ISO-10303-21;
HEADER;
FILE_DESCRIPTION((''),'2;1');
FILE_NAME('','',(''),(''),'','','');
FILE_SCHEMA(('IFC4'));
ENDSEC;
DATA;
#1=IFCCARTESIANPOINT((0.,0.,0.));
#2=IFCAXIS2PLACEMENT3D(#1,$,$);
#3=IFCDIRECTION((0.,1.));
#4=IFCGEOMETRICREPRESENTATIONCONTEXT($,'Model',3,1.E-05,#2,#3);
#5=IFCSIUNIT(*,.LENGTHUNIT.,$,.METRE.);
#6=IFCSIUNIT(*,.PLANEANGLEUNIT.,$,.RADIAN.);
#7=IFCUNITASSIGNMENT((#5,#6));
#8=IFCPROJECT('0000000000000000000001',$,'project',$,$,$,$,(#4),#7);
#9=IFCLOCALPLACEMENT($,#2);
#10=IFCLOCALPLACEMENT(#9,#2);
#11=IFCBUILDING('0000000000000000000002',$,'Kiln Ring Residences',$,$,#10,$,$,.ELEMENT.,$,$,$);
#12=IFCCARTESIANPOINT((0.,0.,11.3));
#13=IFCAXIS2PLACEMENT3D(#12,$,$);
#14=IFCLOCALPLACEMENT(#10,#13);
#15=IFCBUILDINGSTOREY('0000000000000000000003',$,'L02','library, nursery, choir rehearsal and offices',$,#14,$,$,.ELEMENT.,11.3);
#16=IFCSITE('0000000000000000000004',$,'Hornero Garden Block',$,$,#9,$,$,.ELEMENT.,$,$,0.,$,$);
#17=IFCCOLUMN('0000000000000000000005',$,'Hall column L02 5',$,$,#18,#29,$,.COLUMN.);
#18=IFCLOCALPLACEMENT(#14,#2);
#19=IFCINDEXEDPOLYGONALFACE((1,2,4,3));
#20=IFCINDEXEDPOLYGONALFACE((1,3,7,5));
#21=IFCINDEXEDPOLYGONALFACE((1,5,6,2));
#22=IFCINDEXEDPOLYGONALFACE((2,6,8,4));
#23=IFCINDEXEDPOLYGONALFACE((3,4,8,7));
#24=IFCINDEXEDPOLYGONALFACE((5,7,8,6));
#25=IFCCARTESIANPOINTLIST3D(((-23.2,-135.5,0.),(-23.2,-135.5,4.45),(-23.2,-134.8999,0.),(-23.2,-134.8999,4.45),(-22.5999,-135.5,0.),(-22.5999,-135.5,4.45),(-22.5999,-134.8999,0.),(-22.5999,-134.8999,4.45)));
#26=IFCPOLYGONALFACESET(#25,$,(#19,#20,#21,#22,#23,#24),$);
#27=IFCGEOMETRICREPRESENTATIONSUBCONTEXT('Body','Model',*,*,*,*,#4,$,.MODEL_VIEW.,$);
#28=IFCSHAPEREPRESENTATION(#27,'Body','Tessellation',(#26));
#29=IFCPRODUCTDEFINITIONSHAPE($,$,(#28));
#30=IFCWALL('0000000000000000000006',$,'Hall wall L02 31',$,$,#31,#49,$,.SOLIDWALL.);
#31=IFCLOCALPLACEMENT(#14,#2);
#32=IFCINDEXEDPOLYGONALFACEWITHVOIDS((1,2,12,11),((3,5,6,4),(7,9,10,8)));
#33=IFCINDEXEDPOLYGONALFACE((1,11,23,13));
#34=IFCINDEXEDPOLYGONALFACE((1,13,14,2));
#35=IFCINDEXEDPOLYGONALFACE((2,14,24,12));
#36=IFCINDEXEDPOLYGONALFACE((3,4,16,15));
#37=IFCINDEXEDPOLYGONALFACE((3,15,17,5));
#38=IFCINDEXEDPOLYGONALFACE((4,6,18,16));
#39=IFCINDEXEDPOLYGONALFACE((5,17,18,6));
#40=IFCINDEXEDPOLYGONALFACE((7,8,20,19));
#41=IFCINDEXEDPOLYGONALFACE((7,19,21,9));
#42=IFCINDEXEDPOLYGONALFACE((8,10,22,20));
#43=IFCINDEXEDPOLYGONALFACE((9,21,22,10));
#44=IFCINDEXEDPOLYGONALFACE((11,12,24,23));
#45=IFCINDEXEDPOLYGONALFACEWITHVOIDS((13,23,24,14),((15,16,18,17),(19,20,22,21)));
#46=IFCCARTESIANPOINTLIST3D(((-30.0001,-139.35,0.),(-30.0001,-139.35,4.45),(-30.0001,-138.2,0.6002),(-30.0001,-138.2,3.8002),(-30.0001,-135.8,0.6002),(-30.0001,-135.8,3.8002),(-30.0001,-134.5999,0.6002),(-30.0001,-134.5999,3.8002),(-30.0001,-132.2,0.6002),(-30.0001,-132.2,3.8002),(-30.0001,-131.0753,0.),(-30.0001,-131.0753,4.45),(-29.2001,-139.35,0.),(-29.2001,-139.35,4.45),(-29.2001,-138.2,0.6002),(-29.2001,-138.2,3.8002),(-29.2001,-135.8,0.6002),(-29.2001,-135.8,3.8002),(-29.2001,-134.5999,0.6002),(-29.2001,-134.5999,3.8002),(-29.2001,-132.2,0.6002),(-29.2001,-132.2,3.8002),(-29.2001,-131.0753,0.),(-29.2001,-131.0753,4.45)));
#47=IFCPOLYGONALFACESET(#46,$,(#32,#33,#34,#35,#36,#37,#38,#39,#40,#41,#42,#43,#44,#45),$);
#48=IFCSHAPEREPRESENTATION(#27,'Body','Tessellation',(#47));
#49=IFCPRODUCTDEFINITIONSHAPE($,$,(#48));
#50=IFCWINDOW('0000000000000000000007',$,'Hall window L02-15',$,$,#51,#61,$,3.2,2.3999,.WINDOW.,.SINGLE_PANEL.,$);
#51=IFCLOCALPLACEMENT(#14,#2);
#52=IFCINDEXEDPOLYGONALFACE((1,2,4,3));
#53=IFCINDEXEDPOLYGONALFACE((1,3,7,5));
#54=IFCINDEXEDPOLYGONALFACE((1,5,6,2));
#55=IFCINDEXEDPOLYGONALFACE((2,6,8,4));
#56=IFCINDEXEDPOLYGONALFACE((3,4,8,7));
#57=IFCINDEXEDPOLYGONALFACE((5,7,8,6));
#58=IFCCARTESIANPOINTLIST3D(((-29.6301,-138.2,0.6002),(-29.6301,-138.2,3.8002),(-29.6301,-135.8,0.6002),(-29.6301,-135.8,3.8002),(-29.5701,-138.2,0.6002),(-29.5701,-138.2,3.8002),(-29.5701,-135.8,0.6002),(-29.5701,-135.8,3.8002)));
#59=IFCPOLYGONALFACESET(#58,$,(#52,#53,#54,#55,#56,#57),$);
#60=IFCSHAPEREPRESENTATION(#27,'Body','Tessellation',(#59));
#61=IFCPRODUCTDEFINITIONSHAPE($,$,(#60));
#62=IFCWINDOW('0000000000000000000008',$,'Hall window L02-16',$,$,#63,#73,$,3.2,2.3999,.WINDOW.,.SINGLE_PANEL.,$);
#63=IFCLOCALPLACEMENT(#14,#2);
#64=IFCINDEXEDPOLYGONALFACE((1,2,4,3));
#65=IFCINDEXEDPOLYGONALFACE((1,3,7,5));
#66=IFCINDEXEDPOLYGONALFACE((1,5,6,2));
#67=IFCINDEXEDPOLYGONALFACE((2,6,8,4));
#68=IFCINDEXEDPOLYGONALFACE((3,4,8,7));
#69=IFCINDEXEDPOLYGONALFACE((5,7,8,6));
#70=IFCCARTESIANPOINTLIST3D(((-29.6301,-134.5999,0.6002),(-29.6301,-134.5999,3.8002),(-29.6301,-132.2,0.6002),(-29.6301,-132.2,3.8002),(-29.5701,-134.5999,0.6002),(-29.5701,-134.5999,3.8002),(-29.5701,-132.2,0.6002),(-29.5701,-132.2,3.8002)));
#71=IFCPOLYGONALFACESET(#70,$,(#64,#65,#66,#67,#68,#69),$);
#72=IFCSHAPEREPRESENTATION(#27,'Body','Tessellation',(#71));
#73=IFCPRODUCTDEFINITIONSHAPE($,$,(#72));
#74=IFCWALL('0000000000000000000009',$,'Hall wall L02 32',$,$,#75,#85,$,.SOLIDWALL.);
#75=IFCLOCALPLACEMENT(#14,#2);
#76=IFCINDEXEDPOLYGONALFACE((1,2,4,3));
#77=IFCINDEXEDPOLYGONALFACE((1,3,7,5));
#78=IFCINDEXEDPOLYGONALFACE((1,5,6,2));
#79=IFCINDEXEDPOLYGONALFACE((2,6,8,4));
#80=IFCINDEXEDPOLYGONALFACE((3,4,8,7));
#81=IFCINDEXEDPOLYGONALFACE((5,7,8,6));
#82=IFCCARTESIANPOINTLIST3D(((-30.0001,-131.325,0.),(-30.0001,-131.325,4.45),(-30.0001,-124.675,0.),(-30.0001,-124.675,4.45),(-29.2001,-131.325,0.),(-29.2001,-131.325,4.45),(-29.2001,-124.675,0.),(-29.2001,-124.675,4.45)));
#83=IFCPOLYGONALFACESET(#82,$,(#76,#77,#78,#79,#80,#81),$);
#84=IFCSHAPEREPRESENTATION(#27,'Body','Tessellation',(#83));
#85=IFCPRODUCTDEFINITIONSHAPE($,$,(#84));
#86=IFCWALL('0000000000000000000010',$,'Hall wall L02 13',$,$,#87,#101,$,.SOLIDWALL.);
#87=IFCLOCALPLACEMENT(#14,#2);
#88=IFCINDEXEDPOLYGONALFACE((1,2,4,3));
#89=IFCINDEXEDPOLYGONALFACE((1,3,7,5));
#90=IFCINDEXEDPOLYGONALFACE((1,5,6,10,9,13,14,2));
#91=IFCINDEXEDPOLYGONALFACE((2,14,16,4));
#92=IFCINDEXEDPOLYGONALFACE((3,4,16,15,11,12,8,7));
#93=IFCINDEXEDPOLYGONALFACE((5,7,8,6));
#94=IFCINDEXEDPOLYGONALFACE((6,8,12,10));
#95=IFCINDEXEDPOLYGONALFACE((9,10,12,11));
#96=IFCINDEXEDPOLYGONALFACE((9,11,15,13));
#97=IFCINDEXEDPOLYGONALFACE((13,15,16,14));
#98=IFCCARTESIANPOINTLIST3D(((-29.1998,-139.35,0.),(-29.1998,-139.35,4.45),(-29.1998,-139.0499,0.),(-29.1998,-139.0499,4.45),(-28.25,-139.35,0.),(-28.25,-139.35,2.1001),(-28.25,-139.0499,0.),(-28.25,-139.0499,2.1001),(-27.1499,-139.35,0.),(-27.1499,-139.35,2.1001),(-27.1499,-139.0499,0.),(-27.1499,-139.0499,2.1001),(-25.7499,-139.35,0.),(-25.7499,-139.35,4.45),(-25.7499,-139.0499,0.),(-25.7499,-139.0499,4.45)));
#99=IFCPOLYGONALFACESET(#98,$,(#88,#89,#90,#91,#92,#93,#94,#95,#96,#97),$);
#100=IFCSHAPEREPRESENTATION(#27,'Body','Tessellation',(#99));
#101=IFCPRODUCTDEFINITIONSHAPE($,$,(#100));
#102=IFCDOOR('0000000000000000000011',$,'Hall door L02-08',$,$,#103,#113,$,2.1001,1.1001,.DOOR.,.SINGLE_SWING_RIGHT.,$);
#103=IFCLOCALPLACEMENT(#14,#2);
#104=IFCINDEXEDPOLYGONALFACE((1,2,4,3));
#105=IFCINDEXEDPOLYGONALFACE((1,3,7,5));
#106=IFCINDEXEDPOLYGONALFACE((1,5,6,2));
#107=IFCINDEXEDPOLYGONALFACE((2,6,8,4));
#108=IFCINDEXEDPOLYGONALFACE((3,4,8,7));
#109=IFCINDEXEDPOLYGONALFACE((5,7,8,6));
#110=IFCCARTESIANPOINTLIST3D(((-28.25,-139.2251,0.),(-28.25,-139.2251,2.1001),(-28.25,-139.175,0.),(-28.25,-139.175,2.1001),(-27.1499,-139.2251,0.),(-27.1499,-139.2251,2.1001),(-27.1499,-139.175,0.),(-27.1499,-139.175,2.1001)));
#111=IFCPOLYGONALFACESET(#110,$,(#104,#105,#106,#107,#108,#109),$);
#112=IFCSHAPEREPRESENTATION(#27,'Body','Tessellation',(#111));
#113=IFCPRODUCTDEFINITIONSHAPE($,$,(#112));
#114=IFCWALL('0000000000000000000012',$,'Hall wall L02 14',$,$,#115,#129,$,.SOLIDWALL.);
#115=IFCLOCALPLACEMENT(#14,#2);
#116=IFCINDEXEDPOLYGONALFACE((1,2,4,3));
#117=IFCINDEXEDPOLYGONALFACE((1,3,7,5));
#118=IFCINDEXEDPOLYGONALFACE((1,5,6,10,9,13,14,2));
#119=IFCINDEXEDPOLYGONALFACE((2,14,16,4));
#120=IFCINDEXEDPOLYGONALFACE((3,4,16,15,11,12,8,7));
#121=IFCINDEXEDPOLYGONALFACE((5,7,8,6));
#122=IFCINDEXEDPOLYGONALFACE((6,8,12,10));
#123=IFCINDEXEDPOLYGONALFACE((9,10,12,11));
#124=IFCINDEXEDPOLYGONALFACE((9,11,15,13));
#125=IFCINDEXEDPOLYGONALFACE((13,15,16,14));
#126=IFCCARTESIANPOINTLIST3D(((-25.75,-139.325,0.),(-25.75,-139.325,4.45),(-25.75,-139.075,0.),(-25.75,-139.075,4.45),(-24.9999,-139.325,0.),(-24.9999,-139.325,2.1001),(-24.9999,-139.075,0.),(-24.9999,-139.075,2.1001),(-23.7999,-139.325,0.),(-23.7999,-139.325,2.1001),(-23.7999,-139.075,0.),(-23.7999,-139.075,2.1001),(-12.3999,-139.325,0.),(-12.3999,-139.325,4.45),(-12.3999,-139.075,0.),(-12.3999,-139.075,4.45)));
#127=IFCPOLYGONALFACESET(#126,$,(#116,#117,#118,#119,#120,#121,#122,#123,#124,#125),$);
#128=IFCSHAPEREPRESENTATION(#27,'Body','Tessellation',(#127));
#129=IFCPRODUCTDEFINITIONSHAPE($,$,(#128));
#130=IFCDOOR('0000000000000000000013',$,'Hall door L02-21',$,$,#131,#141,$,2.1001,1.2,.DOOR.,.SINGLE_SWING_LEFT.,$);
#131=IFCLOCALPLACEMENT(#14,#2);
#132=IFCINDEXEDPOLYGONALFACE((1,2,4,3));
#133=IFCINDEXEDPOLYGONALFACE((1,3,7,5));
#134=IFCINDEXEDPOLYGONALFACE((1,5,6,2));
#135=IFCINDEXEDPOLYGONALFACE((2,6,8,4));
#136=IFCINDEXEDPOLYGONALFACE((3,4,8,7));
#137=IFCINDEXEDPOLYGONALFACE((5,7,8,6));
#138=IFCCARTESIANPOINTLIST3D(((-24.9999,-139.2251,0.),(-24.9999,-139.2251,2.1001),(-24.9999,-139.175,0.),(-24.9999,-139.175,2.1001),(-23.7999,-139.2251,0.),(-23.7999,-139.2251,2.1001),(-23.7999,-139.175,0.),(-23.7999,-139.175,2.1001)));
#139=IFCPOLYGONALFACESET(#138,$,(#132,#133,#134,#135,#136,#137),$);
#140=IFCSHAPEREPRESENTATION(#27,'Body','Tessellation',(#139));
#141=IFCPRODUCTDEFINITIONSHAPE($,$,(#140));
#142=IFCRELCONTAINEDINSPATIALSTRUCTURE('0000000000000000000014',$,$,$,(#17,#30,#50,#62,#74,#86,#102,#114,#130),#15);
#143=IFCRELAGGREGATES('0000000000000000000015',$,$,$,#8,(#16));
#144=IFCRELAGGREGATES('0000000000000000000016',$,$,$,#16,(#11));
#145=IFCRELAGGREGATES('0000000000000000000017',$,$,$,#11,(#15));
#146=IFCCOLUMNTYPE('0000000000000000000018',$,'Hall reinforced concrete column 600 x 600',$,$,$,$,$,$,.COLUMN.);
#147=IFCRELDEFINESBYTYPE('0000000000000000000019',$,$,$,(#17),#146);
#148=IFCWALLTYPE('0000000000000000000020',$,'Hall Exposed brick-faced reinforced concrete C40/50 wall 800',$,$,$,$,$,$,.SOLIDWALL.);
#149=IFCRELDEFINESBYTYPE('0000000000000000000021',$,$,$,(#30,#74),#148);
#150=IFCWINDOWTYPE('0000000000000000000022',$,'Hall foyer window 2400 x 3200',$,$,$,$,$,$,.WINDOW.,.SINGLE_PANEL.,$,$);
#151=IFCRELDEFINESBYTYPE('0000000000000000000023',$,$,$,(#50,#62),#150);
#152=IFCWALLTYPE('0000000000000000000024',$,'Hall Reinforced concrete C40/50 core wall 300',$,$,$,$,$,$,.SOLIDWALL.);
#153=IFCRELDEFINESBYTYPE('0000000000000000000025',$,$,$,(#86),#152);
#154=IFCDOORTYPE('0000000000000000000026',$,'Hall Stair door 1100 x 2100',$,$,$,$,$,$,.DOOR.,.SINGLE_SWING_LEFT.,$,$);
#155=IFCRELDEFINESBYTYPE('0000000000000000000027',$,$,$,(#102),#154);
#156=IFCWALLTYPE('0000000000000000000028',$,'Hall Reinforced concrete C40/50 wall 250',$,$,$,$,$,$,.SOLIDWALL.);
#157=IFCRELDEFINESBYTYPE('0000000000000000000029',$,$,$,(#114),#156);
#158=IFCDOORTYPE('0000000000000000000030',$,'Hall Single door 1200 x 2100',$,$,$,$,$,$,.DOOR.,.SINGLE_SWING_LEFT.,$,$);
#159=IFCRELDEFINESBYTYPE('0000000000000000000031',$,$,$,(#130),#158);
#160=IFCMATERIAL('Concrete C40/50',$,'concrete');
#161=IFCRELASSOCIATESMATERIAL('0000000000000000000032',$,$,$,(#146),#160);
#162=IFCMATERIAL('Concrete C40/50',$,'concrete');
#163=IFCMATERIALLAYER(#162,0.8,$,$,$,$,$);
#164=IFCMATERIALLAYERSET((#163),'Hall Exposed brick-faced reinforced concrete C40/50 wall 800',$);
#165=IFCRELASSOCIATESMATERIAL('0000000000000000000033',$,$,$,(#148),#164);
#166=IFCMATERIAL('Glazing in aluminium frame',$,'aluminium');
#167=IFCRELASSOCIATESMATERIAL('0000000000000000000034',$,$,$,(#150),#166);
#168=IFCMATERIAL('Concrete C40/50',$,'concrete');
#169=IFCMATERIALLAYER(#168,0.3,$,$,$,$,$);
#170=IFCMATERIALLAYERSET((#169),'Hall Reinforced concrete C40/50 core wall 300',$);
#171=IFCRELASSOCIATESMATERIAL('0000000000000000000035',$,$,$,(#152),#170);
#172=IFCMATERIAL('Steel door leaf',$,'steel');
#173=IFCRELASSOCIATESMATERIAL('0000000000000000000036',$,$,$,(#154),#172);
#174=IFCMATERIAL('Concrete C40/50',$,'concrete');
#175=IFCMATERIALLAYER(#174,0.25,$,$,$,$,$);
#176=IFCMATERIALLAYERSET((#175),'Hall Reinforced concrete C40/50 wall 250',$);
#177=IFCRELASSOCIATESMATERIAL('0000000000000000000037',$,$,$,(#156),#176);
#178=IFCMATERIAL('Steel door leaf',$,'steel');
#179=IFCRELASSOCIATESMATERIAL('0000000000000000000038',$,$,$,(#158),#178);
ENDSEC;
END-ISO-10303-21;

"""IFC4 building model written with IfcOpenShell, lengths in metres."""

from ifc_helpers import new_model, si_unit, direction, frame, frame_2d, origin, origin_2d, place, context, subcontext, project, spatial, rectangle, extrude, material, layer, layer_set, material_profile, profile_set, type_object, element, fill, save


model = new_model("IFC4")

# Units and contexts
model_context = context("Model", 3, precision=1e-05, world=origin(), true_north=direction((0.0, 1.0)))
body_context = subcontext(model_context, "Body", "Model", "MODEL_VIEW")
ifc_project = project(units=[si_unit("LENGTHUNIT", "METRE"), si_unit("PLANEANGLEUNIT", "RADIAN")], contexts=[model_context])

# Site, building, storey
site_placement = place(None, origin())
site = spatial("IfcSite", under=ifc_project, at=site_placement, Name="Hornero Garden Block", CompositionType="ELEMENT", RefElevation=0.0)
building_placement = place(site_placement, origin())
building = spatial("IfcBuilding", under=site, at=building_placement, Name="Kiln Ring Residences", CompositionType="ELEMENT")
storey_placement = place(building_placement, frame((0.0, 0.0, 11.3)))
storey = spatial("IfcBuildingStorey", under=building, at=storey_placement, Name="L02", Description="library, nursery, choir rehearsal and offices", CompositionType="ELEMENT", Elevation=11.3)

# Column
ifc_material_1 = material(Name="Concrete C40/50", Category="concrete")
ifc_material_profile = material_profile(ifc_material_1, rectangle(XDim=0.6001, YDim=0.6001, at=origin_2d()), Name="Hall reinforced concrete column 600 x 600")
ifc_profile_set = profile_set([ifc_material_profile], Name="Concrete C40/50")
column_type = type_object("IfcColumnType", Name="Hall reinforced concrete column 600 x 600", PredefinedType="COLUMN", material=ifc_profile_set)
column_placement = place(storey_placement, frame((-22.8999, -135.2, 0.0), z_axis=(0.0, 0.0, 1.0), x_axis=(1.0, 0.0, 0.0)))
element("IfcColumn", 1, at=column_placement, inside=storey, type_object=column_type, Name="Hall column L02 5", PredefinedType="COLUMN", context=body_context, shape_type="SweptSolid", body=[
    extrude(rectangle(XDim=0.6001, YDim=0.6001, at=origin_2d()), origin(), (0.0, 0.0, 1.0), 4.45),
])

# Wall, openings, windows
ifc_material_2 = material(Name="Concrete C40/50", Category="concrete")
ifc_layer_1 = layer(ifc_material_2, 0.8)
ifc_layer_set_1 = layer_set([ifc_layer_1], Name="Hall Exposed brick-faced reinforced concrete C40/50 wall 800")
wall_type_1 = type_object("IfcWallType", Name="Hall Exposed brick-faced reinforced concrete C40/50 wall 800", PredefinedType="SOLIDWALL", material=ifc_layer_set_1)
wall_1_placement = place(storey_placement, frame((-29.6001, -139.3499, 0.0), z_axis=(0.0, 0.0, 1.0), x_axis=(0.0, 1.0, 0.0)))
wall_1 = element("IfcWall", 2, at=wall_1_placement, inside=storey, type_object=wall_type_1, Name="Hall wall L02 31", PredefinedType="SOLIDWALL", context=body_context, shape_type="SweptSolid", body=[
    extrude(rectangle(XDim=8.2747, YDim=0.8, at=frame_2d((4.1372, 0.0))), origin(), (0.0, 0.0, 1.0), 4.45),
])
opening_1_placement = place(wall_1_placement, frame((1.1499, 0.0, 0.6001)))
opening_1 = element("IfcOpeningElement", 3, at=opening_1_placement, cuts=wall_1, PredefinedType="OPENING", context=body_context, shape_type="SweptSolid", body=[
    extrude(rectangle(XDim=2.3999, YDim=3.2, at=frame_2d((1.2, 1.6001))), frame((0.0, 0.4099, 0.0), z_axis=(0.0, -1.0, 0.0), x_axis=(1.0, 0.0, 0.0)), (0.0, 0.0, 1.0), 0.8201),
])
opening_2_placement = place(wall_1_placement, frame((4.75, 0.0, 0.6001)))
opening_2 = element("IfcOpeningElement", 4, at=opening_2_placement, cuts=wall_1, PredefinedType="OPENING", context=body_context, shape_type="SweptSolid", body=[
    extrude(rectangle(XDim=2.3999, YDim=3.2, at=frame_2d((1.2, 1.6001))), frame((0.0, 0.4099, 0.0), z_axis=(0.0, -1.0, 0.0), x_axis=(1.0, 0.0, 0.0)), (0.0, 0.0, 1.0), 0.8201),
])
ifc_material_3 = material(Name="Glazing in aluminium frame", Category="aluminium")
window_type = type_object("IfcWindowType", Name="Hall foyer window 2400 x 3200", PartitioningType="SINGLE_PANEL", PredefinedType="WINDOW", material=ifc_material_3)
window_1_placement = place(opening_1_placement, origin())
window_1 = element("IfcWindow", 5, at=window_1_placement, inside=storey, type_object=window_type, Name="Hall window L02-15", OverallHeight=3.2, OverallWidth=2.3999, PartitioningType="SINGLE_PANEL", PredefinedType="WINDOW", context=body_context, shape_type="SweptSolid", body=[
    extrude(rectangle(XDim=2.3999, YDim=3.2, at=frame_2d((1.2, 1.6001))), frame((0.0, 0.03, 0.0), z_axis=(0.0, -1.0, 0.0), x_axis=(1.0, 0.0, 0.0)), (0.0, 0.0, 1.0), 0.0601),
])
fill(opening_1, window_1)
window_2_placement = place(opening_2_placement, origin())
window_2 = element("IfcWindow", 6, at=window_2_placement, inside=storey, type_object=window_type, Name="Hall window L02-16", OverallHeight=3.2, OverallWidth=2.3999, PartitioningType="SINGLE_PANEL", PredefinedType="WINDOW", context=body_context, shape_type="SweptSolid", body=[
    extrude(rectangle(XDim=2.3999, YDim=3.2, at=frame_2d((1.2, 1.6001))), frame((0.0, 0.03, 0.0), z_axis=(0.0, -1.0, 0.0), x_axis=(1.0, 0.0, 0.0)), (0.0, 0.0, 1.0), 0.0601),
])
fill(opening_2, window_2)

# Wall
wall_2_placement = place(storey_placement, frame((-29.6001, -131.325, 0.0), z_axis=(0.0, 0.0, 1.0), x_axis=(0.0, 1.0, 0.0)))
element("IfcWall", 7, at=wall_2_placement, inside=storey, type_object=wall_type_1, Name="Hall wall L02 32", PredefinedType="SOLIDWALL", context=body_context, shape_type="SweptSolid", body=[
    extrude(rectangle(XDim=6.6499, YDim=0.8, at=frame_2d((3.325, 0.0))), origin(), (0.0, 0.0, 1.0), 4.45),
])

# Walls, openings, doors
ifc_material_4 = material(Name="Concrete C40/50", Category="concrete")
ifc_layer_2 = layer(ifc_material_4, 0.3)
ifc_layer_set_2 = layer_set([ifc_layer_2], Name="Hall Reinforced concrete C40/50 core wall 300")
wall_type_2 = type_object("IfcWallType", Name="Hall Reinforced concrete C40/50 core wall 300", PredefinedType="SOLIDWALL", material=ifc_layer_set_2)
wall_3_placement = place(storey_placement, frame((-29.2, -139.2, 0.0), z_axis=(0.0, 0.0, 1.0), x_axis=(1.0, 0.0, 0.0)))
wall_3 = element("IfcWall", 8, at=wall_3_placement, inside=storey, type_object=wall_type_2, Name="Hall wall L02 13", PredefinedType="SOLIDWALL", context=body_context, shape_type="SweptSolid", body=[
    extrude(rectangle(XDim=3.45, YDim=0.3, at=frame_2d((1.7251, 0.0))), origin(), (0.0, 0.0, 1.0), 4.45),
])
opening_3_placement = place(wall_3_placement, frame((0.95, 0.0, 0.0)))
opening_3 = element("IfcOpeningElement", 9, at=opening_3_placement, cuts=wall_3, PredefinedType="OPENING", context=body_context, shape_type="SweptSolid", body=[
    extrude(rectangle(XDim=1.1001, YDim=2.1001, at=frame_2d((0.55, 1.05))), frame((0.0, 0.1599, 0.0), z_axis=(0.0, -1.0, 0.0), x_axis=(1.0, 0.0, 0.0)), (0.0, 0.0, 1.0), 0.3201),
])
ifc_material_5 = material(Name="Steel door leaf", Category="steel")
door_type_1 = type_object("IfcDoorType", Name="Hall Stair door 1100 x 2100", OperationType="SINGLE_SWING_LEFT", PredefinedType="DOOR", material=ifc_material_5)
door_1_placement = place(opening_3_placement, origin())
door_1 = element("IfcDoor", 10, at=door_1_placement, inside=storey, type_object=door_type_1, Name="Hall door L02-08", OperationType="SINGLE_SWING_RIGHT", OverallHeight=2.1001, OverallWidth=1.1001, PredefinedType="DOOR", context=body_context, shape_type="SweptSolid", body=[
    extrude(rectangle(XDim=1.1001, YDim=2.1001, at=frame_2d((0.55, 1.05))), frame((0.0, 0.0249, 0.0), z_axis=(0.0, -1.0, 0.0), x_axis=(1.0, 0.0, 0.0)), (0.0, 0.0, 1.0), 0.05),
])
fill(opening_3, door_1)
ifc_material_6 = material(Name="Concrete C40/50", Category="concrete")
ifc_layer_3 = layer(ifc_material_6, 0.25)
ifc_layer_set_3 = layer_set([ifc_layer_3], Name="Hall Reinforced concrete C40/50 wall 250")
wall_type_3 = type_object("IfcWallType", Name="Hall Reinforced concrete C40/50 wall 250", PredefinedType="SOLIDWALL", material=ifc_layer_set_3)
wall_4_placement = place(storey_placement, frame((-25.75, -139.2, 0.0), z_axis=(0.0, 0.0, 1.0), x_axis=(1.0, 0.0, 0.0)))
wall_4 = element("IfcWall", 11, at=wall_4_placement, inside=storey, type_object=wall_type_3, Name="Hall wall L02 14", PredefinedType="SOLIDWALL", context=body_context, shape_type="SweptSolid", body=[
    extrude(rectangle(XDim=13.3501, YDim=0.25, at=frame_2d((6.675, 0.0))), origin(), (0.0, 0.0, 1.0), 4.45),
])
opening_4_placement = place(wall_4_placement, frame((0.75, 0.0, 0.0)))
opening_4 = element("IfcOpeningElement", 12, at=opening_4_placement, cuts=wall_4, PredefinedType="OPENING", context=body_context, shape_type="SweptSolid", body=[
    extrude(rectangle(XDim=1.2, YDim=2.1001, at=frame_2d((0.6001, 1.05))), frame((0.0, 0.135, 0.0), z_axis=(0.0, -1.0, 0.0), x_axis=(1.0, 0.0, 0.0)), (0.0, 0.0, 1.0), 0.27),
])
ifc_material_7 = material(Name="Steel door leaf", Category="steel")
door_type_2 = type_object("IfcDoorType", Name="Hall Single door 1200 x 2100", OperationType="SINGLE_SWING_LEFT", PredefinedType="DOOR", material=ifc_material_7)
door_2_placement = place(opening_4_placement, origin())
door_2 = element("IfcDoor", 13, at=door_2_placement, inside=storey, type_object=door_type_2, Name="Hall door L02-21", OperationType="SINGLE_SWING_LEFT", OverallHeight=2.1001, OverallWidth=1.2, PredefinedType="DOOR", context=body_context, shape_type="SweptSolid", body=[
    extrude(rectangle(XDim=1.2, YDim=2.1001, at=frame_2d((0.6001, 1.05))), frame((0.0, 0.0249, 0.0), z_axis=(0.0, -1.0, 0.0), x_axis=(1.0, 0.0, 0.0)), (0.0, 0.0, 1.0), 0.05),
])
fill(opening_4, door_2)

save(model, "model.ifc")
